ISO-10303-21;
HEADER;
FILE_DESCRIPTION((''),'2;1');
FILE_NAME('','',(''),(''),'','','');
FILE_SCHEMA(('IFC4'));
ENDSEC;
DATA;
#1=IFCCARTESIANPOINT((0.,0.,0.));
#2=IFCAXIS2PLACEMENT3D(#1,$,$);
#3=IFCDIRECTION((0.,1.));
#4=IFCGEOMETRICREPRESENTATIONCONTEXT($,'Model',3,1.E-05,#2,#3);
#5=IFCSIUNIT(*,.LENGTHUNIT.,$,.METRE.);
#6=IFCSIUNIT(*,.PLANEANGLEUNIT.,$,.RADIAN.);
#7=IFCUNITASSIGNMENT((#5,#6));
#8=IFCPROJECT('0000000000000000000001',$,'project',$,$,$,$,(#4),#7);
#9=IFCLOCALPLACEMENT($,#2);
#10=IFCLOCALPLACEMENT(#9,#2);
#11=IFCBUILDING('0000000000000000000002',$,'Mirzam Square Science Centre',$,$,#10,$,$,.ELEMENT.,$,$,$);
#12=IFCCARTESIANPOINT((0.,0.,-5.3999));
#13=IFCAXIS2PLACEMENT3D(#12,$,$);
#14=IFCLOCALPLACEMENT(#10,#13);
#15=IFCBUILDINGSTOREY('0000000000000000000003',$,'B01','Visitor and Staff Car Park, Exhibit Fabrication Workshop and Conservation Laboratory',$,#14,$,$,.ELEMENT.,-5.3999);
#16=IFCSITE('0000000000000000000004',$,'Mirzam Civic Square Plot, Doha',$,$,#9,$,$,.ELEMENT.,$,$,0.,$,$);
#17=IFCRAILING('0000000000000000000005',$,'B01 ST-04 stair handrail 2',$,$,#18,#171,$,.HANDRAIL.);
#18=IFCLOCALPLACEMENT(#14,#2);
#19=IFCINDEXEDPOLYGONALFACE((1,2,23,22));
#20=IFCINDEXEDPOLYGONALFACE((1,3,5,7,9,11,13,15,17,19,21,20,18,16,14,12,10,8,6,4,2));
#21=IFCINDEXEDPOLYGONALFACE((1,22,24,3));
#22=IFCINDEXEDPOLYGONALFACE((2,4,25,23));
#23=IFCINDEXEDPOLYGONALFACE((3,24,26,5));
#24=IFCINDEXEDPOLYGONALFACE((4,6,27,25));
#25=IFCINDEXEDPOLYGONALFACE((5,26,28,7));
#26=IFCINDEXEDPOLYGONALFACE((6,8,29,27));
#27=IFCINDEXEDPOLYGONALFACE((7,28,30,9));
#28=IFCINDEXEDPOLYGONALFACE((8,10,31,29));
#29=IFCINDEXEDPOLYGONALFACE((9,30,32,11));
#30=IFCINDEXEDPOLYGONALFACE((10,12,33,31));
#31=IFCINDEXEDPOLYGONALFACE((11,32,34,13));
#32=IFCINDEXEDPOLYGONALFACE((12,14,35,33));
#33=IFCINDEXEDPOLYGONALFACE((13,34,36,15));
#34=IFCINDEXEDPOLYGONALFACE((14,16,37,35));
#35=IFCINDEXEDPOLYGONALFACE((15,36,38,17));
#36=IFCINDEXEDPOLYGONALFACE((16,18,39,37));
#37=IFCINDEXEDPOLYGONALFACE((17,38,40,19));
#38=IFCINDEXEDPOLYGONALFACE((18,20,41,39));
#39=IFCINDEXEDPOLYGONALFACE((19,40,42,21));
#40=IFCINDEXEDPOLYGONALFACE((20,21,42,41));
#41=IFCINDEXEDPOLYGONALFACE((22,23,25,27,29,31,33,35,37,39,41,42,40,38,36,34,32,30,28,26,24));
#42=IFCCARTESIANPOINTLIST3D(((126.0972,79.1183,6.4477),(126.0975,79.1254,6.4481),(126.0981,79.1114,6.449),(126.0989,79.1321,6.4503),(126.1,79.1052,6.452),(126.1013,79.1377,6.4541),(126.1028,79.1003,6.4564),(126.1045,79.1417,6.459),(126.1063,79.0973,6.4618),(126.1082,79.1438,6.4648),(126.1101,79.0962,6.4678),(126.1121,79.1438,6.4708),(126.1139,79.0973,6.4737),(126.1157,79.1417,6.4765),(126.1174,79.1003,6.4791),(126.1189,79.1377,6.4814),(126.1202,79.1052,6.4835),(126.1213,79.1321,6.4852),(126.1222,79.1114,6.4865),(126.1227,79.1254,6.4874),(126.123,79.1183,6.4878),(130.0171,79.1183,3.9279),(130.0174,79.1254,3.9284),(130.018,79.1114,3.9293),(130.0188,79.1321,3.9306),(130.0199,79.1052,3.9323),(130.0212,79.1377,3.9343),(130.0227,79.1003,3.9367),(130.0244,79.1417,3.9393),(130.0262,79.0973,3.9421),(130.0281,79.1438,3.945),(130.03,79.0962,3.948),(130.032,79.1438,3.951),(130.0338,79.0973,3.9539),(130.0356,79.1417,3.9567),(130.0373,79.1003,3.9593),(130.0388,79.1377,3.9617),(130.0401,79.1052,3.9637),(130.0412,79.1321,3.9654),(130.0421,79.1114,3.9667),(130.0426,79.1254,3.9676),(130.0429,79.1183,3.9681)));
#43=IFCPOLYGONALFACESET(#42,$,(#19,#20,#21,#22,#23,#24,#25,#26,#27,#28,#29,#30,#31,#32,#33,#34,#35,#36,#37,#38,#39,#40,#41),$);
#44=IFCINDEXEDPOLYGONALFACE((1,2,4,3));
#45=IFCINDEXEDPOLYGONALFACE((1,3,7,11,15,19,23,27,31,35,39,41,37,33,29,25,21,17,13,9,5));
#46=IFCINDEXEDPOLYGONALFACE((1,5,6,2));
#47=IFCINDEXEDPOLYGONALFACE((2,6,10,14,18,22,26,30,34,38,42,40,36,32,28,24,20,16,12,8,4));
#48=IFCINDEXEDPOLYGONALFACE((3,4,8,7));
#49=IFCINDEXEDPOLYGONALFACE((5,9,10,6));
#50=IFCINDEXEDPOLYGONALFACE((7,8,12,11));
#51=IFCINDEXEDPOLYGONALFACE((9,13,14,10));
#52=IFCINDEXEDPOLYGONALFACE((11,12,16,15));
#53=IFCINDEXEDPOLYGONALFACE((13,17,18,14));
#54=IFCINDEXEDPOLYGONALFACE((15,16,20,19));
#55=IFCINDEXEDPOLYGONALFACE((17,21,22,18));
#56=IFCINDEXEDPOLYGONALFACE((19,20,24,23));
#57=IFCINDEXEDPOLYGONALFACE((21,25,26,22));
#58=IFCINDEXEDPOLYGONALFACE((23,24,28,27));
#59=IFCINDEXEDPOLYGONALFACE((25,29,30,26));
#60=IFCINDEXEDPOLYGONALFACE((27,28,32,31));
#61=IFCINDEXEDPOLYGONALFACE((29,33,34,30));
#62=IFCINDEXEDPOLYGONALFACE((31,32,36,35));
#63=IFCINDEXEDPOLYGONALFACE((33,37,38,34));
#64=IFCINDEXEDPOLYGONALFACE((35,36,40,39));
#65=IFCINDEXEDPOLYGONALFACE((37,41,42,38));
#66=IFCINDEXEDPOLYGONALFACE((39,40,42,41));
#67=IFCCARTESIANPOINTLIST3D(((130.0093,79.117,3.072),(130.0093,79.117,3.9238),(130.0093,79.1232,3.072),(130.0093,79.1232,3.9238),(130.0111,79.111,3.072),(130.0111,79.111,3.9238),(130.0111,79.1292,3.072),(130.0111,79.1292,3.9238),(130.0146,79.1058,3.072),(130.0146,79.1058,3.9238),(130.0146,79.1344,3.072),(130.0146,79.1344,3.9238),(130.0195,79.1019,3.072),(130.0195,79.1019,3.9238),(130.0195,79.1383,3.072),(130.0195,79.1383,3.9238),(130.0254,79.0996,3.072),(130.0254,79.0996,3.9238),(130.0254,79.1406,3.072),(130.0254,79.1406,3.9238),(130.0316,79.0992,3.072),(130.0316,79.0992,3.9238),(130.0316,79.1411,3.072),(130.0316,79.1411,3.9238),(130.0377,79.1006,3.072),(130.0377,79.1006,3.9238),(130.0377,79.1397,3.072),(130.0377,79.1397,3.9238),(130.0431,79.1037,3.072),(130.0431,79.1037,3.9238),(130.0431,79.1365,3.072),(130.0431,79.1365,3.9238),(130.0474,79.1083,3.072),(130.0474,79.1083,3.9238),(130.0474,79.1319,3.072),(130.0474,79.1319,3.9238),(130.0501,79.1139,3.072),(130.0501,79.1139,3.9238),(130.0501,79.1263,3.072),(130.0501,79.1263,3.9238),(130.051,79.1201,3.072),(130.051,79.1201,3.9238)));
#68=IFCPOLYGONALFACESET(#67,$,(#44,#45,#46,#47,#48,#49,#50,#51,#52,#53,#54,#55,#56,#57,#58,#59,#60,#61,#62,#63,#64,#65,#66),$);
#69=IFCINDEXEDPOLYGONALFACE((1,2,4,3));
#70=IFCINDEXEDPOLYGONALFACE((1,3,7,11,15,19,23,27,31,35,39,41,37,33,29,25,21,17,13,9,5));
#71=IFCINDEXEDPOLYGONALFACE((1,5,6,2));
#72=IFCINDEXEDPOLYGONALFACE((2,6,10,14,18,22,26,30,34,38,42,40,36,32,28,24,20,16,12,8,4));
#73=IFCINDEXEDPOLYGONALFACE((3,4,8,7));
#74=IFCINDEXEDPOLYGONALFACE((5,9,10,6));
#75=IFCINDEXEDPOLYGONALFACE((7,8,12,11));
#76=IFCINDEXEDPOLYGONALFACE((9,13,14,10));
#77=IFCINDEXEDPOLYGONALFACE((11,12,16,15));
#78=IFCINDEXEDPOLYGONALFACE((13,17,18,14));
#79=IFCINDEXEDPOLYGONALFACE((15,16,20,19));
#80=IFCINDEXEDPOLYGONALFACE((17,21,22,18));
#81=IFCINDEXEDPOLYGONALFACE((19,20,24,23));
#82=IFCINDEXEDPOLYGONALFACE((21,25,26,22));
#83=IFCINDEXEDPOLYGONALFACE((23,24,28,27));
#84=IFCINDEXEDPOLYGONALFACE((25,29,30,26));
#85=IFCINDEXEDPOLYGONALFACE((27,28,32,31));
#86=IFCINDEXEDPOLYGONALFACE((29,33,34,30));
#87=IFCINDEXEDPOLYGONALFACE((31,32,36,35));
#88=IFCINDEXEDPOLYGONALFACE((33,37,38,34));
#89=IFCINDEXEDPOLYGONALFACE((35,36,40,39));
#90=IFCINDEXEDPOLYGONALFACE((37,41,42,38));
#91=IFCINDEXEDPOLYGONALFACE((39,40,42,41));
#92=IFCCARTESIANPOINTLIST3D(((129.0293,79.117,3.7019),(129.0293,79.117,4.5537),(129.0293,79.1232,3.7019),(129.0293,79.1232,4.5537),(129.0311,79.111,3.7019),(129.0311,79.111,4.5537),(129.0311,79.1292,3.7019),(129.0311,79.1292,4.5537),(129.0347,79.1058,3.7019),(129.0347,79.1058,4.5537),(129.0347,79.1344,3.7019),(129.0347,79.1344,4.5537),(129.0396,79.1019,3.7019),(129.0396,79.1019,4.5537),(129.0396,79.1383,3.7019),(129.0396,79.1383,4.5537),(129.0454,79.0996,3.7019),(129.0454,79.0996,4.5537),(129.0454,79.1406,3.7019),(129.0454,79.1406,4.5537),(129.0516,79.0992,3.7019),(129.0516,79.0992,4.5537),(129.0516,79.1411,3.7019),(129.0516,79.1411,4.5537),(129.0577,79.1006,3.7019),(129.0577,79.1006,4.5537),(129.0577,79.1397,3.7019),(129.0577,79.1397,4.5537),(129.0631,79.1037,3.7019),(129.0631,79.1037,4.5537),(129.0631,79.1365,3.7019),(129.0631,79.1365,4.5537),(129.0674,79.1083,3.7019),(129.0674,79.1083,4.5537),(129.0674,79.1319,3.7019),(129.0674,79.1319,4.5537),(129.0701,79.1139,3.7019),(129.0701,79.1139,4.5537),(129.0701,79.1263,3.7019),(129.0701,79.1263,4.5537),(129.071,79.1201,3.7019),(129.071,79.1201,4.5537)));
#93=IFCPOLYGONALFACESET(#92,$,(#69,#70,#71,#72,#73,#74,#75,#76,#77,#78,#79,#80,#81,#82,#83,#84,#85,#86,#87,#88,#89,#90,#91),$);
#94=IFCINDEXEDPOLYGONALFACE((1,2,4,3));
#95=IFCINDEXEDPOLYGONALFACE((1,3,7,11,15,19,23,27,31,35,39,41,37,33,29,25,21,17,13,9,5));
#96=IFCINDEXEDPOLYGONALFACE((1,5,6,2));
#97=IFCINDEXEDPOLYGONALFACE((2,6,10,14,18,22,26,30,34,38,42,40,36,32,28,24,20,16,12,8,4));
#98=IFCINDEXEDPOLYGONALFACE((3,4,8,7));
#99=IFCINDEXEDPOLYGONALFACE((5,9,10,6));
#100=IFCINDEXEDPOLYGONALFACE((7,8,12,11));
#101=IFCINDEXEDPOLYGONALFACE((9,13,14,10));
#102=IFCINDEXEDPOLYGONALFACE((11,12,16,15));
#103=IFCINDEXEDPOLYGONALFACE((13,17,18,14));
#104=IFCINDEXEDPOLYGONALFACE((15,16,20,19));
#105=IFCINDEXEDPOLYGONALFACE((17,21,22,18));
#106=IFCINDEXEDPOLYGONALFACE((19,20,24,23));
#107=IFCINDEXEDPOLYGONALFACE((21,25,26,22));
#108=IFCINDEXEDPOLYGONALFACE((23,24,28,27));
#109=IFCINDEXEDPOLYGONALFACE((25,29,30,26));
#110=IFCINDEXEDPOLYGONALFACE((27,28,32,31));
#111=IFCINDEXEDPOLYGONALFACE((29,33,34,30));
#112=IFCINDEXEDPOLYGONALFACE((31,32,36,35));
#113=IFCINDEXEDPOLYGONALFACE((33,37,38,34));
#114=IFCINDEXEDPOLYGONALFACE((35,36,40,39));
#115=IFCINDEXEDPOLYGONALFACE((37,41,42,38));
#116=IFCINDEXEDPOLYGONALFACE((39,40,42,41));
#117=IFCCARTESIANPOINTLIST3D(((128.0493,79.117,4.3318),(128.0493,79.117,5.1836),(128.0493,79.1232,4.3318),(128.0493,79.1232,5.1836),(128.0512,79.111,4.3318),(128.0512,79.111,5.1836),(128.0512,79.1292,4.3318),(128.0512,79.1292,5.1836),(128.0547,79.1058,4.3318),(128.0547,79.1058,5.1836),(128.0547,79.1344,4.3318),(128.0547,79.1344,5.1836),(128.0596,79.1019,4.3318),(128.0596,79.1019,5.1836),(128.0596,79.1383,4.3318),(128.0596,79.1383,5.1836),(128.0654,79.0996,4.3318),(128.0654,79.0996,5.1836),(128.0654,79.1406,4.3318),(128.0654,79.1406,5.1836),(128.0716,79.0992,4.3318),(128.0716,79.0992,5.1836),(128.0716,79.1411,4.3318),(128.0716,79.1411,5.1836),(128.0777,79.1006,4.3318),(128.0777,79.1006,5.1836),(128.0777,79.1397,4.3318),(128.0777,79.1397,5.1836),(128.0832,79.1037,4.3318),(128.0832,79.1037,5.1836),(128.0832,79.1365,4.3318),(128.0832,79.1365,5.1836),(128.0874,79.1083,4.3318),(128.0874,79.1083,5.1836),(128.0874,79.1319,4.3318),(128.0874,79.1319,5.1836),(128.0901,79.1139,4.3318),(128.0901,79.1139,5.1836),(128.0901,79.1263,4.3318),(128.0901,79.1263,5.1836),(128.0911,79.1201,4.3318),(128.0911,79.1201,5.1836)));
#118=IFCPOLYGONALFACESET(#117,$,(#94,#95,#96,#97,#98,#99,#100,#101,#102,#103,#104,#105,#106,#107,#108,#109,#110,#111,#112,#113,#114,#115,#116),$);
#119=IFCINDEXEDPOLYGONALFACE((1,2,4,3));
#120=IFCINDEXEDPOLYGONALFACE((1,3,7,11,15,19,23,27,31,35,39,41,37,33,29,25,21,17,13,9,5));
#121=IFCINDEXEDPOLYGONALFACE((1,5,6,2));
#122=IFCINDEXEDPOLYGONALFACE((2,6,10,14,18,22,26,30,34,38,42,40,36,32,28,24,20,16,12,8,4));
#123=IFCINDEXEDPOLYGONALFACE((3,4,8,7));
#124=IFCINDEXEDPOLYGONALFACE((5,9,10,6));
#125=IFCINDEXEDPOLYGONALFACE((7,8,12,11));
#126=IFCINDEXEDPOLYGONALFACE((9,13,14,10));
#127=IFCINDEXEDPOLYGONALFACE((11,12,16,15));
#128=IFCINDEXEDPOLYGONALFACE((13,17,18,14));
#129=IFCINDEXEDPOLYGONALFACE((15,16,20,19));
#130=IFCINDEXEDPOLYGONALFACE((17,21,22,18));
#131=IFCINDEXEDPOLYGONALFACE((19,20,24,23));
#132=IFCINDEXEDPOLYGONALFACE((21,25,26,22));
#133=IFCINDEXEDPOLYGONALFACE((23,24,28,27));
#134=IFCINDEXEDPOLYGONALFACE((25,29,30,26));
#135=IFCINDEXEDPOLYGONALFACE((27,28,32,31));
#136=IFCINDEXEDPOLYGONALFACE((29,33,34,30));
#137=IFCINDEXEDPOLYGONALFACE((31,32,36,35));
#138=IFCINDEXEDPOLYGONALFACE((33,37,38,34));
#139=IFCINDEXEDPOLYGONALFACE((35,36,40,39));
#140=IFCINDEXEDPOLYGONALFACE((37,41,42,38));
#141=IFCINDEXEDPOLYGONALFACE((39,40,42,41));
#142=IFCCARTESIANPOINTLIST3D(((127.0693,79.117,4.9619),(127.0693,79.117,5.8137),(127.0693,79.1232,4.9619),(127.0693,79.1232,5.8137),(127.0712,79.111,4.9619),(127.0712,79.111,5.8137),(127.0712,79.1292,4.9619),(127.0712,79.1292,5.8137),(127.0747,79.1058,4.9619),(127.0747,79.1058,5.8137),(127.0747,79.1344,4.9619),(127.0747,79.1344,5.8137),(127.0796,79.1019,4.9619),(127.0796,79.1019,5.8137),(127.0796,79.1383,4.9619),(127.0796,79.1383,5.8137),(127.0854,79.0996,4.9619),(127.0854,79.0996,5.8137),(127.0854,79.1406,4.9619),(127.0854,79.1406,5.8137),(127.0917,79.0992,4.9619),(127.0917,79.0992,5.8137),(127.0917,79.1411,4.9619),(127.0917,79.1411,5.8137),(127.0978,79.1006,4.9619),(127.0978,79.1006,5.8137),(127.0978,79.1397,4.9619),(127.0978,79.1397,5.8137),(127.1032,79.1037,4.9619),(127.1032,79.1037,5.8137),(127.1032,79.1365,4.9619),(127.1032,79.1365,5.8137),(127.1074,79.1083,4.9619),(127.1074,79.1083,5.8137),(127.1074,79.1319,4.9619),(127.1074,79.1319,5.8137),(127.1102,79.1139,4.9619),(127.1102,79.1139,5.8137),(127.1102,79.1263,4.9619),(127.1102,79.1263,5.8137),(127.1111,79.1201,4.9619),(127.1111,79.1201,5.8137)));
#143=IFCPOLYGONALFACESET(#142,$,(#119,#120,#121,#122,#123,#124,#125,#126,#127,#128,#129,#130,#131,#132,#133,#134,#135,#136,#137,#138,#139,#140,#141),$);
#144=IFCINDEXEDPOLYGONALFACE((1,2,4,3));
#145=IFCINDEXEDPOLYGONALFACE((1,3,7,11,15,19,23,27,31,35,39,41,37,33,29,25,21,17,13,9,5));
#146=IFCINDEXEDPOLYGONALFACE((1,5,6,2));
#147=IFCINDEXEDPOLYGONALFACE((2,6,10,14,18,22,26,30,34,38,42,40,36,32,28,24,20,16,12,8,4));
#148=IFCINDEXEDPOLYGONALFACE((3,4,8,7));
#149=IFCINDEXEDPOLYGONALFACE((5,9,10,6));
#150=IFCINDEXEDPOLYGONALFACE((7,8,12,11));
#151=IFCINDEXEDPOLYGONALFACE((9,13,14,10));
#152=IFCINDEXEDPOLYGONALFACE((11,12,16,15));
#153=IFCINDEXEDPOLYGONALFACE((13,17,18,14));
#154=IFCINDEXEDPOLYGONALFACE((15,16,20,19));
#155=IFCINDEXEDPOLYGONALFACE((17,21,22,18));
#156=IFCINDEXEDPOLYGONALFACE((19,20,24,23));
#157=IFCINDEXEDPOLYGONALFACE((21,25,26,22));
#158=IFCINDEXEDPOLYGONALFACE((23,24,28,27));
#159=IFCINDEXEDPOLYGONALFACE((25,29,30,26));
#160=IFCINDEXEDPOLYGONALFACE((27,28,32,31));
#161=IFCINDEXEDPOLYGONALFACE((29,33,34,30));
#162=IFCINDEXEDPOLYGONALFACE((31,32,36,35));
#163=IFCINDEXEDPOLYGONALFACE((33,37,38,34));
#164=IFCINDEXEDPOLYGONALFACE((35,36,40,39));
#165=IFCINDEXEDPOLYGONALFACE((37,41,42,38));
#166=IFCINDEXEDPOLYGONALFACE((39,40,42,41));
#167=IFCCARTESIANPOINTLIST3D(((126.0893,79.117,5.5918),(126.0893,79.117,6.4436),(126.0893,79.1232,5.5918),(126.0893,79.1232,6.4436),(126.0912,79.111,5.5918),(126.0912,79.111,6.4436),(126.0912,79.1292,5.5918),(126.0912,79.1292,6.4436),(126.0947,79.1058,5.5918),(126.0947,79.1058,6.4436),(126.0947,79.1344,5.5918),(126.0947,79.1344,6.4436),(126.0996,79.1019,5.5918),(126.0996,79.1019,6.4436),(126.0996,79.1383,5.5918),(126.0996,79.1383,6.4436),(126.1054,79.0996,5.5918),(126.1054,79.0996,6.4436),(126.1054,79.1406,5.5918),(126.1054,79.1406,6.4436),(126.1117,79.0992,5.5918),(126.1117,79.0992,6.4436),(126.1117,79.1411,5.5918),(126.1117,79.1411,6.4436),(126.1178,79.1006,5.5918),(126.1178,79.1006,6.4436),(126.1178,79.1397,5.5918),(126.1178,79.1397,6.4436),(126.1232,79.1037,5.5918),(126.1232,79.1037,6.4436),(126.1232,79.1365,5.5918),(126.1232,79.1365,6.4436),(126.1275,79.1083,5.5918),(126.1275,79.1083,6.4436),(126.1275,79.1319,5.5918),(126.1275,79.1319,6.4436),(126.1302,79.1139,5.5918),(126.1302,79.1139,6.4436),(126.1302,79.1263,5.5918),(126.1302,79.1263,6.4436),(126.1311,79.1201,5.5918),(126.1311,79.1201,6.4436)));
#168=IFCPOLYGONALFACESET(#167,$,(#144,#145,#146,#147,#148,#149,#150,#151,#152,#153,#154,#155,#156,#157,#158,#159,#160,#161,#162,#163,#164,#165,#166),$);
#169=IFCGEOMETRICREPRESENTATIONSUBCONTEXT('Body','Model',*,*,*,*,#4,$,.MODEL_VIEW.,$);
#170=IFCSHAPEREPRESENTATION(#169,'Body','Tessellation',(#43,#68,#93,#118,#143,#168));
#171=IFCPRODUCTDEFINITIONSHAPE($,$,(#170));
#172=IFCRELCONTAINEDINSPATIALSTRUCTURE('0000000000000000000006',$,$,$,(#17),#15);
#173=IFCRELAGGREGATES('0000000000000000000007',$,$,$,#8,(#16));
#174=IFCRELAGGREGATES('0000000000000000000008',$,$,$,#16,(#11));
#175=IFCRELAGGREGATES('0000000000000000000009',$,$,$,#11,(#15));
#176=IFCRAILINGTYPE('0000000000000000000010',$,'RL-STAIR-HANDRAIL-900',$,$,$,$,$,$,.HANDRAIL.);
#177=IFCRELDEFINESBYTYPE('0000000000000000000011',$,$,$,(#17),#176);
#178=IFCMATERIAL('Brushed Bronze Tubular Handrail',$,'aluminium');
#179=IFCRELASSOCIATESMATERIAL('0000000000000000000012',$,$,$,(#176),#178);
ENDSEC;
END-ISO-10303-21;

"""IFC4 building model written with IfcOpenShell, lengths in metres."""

from ifc_helpers import new_model, si_unit, direction, frame, origin, origin_2d, place, context, subcontext, project, spatial, circle, extrude, material, type_object, element, save


model = new_model("IFC4")

# Units and contexts
model_context = context("Model", 3, precision=1e-05, world=origin(), true_north=direction((0.0, 1.0)))
body_context = subcontext(model_context, "Body", "Model", "MODEL_VIEW")
ifc_project = project(units=[si_unit("LENGTHUNIT", "METRE"), si_unit("PLANEANGLEUNIT", "RADIAN")], contexts=[model_context])

# Site, building, storey
site_placement = place(None, origin())
site = spatial("IfcSite", under=ifc_project, at=site_placement, Name="Mirzam Civic Square Plot, Doha", CompositionType="ELEMENT", RefElevation=0.0)
building_placement = place(site_placement, origin())
building = spatial("IfcBuilding", under=site, at=building_placement, Name="Mirzam Square Science Centre", CompositionType="ELEMENT")
storey_placement = place(building_placement, frame((0.0, 0.0, -5.3999)))
storey = spatial("IfcBuildingStorey", under=building, at=storey_placement, Name="B01", Description="Visitor and Staff Car Park, Exhibit Fabrication Workshop and Conservation Laboratory", CompositionType="ELEMENT", Elevation=-5.3999)

# Railing
ifc_material_1 = material(Name="Brushed Bronze Tubular Handrail", Category="aluminium")
railing_type_1 = type_object("IfcRailingType", Name="RL-STAIR-HANDRAIL-900", PredefinedType="HANDRAIL", material=ifc_material_1)
railing_1_placement = place(storey_placement, frame((130.03, 79.1201, 3.072)))
element("IfcRailing", 1, at=railing_1_placement, inside=storey, type_object=railing_type_1, Name="B01 ST-04 stair handrail 2", PredefinedType="HANDRAIL", context=body_context, shape_type="SweptSolid", body=[
    extrude(circle(Radius=0.0239, at=origin_2d()), frame((0.0, 0.0, 0.876), z_axis=(-0.841195, 0.0, 0.540731), x_axis=(0.0, -1.0, 0.0)), (0.0, 0.0, 1.0), 4.6599),
    extrude(circle(Radius=0.021, at=origin_2d()), origin(), (0.0, 0.0, 1.0), 0.8518),
    extrude(circle(Radius=0.021, at=origin_2d()), frame((-0.98, 0.0, 0.6299)), (0.0, 0.0, 1.0), 0.8518),
    extrude(circle(Radius=0.021, at=origin_2d()), frame((-1.96, 0.0, 1.2598)), (0.0, 0.0, 1.0), 0.8518),
    extrude(circle(Radius=0.021, at=origin_2d()), frame((-2.9399, 0.0, 1.8899)), (0.0, 0.0, 1.0), 0.8518),
    extrude(circle(Radius=0.021, at=origin_2d()), frame((-3.9199, 0.0, 2.5198)), (0.0, 0.0, 1.0), 0.8518),
])

save(model, "model.ifc")
